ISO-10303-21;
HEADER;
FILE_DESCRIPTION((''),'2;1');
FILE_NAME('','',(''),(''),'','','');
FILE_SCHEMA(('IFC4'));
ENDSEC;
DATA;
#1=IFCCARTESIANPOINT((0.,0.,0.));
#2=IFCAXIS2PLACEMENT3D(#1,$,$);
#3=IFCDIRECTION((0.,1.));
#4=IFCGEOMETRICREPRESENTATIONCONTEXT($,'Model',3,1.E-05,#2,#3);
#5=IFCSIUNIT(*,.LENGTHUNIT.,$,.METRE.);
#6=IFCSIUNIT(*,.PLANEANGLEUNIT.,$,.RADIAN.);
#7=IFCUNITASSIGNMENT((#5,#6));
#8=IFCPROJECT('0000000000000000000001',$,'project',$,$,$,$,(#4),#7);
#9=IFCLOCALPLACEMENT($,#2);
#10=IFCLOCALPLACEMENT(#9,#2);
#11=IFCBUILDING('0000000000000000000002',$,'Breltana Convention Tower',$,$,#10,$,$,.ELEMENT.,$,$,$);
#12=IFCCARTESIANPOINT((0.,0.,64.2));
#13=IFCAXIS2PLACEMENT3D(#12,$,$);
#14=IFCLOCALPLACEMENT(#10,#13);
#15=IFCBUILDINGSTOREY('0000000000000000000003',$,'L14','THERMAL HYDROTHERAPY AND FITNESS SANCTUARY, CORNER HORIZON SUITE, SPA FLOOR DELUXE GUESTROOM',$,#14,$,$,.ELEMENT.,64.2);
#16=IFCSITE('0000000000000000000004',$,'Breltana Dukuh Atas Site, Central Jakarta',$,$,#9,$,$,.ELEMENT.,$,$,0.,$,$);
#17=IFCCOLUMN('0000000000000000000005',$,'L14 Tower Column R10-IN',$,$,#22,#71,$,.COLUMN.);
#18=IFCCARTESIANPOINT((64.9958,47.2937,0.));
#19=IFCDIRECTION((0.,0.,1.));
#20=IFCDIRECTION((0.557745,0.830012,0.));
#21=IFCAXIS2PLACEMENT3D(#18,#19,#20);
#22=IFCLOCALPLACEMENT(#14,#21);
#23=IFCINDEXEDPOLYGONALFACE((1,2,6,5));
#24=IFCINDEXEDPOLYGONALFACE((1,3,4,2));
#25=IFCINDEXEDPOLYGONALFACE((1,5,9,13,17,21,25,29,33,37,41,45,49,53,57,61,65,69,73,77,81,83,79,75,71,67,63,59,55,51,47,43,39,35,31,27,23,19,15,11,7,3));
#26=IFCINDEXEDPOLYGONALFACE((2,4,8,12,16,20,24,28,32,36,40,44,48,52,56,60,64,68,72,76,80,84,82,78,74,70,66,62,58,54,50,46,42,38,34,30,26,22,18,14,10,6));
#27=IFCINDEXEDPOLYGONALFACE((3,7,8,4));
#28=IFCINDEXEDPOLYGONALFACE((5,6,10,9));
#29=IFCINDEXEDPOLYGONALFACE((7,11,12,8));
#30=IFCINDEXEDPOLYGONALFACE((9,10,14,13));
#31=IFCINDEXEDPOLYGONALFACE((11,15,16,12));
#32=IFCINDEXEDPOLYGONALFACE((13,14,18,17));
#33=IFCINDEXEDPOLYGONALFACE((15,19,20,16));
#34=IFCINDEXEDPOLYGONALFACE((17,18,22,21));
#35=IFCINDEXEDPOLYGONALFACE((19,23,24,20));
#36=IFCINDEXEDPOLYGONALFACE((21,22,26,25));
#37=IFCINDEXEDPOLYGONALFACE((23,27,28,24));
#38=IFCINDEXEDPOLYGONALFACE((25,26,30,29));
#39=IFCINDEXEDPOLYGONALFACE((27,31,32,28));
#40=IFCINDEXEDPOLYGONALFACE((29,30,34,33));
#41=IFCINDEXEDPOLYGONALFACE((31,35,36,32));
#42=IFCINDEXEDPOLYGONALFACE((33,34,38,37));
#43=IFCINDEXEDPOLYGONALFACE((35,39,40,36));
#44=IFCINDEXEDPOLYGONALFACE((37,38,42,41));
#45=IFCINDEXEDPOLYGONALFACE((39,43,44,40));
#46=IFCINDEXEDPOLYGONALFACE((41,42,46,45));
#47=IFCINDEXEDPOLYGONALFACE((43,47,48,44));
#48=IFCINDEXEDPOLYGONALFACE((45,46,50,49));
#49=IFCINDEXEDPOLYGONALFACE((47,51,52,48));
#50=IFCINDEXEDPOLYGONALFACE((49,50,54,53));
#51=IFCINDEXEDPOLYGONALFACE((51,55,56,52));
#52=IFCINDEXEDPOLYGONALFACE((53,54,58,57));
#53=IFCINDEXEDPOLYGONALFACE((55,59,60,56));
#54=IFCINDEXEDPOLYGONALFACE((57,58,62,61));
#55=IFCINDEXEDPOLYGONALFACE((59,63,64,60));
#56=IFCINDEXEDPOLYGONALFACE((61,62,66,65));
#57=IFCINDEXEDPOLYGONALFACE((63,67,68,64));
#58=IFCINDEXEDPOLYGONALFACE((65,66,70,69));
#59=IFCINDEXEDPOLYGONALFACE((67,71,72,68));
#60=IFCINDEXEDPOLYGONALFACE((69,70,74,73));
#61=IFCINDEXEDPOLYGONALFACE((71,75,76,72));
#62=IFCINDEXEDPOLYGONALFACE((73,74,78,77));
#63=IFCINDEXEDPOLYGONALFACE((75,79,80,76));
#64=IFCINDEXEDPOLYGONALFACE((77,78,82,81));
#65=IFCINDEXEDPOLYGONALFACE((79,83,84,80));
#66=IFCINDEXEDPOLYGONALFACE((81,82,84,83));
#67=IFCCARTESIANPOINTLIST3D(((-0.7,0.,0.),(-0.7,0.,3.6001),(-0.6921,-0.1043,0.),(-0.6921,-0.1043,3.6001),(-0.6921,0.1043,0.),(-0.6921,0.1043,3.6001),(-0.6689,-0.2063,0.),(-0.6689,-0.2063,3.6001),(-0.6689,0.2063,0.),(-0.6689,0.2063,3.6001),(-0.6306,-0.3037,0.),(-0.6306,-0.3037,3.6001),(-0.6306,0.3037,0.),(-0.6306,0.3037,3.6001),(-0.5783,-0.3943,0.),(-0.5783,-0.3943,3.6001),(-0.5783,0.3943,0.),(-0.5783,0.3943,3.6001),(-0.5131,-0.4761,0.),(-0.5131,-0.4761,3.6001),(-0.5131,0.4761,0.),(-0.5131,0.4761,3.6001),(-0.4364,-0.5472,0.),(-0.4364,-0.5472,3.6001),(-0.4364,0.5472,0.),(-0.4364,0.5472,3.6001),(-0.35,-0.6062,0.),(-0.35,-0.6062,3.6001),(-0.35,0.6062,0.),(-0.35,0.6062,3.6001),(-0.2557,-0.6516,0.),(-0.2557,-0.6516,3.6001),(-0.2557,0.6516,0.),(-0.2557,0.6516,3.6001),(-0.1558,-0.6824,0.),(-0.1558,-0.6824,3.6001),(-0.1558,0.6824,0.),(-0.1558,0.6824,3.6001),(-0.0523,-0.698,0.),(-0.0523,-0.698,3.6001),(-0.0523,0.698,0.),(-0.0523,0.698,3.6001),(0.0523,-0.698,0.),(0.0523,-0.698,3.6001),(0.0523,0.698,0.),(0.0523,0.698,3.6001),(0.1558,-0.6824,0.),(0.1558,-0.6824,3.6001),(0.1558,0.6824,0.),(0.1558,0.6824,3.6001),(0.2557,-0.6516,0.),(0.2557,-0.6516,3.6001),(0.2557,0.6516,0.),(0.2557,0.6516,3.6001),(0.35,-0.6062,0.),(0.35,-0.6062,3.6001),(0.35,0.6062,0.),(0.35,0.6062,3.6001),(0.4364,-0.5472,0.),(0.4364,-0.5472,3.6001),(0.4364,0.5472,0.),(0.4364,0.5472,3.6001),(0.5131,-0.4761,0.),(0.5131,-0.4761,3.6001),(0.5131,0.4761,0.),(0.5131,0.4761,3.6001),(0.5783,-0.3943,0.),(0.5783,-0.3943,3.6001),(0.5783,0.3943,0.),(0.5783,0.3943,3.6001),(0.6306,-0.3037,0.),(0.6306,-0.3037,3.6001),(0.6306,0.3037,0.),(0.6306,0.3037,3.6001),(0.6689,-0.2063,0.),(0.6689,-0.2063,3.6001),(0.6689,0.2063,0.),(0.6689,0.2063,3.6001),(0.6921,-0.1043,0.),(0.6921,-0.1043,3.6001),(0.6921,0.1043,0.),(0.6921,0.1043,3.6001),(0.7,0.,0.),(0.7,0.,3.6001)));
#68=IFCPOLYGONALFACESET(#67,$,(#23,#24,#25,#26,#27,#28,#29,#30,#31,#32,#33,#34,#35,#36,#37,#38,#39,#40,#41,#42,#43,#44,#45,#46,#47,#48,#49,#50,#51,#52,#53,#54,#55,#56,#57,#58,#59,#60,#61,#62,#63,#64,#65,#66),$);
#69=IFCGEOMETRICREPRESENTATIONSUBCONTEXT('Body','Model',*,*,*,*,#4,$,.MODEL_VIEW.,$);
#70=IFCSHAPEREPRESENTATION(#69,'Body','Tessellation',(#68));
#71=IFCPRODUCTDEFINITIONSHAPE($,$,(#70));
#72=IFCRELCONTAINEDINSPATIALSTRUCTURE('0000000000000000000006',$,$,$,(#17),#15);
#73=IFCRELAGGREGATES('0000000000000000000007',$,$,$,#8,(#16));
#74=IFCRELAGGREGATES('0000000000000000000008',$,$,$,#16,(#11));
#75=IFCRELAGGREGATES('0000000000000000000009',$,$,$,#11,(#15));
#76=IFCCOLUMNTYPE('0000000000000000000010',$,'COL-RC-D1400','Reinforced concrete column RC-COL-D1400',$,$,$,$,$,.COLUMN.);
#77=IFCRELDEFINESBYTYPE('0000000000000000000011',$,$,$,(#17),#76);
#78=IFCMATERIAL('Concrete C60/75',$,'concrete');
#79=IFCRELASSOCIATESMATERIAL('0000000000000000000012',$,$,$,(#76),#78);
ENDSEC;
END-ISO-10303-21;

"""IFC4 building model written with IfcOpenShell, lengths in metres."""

from ifc_helpers import new_model, si_unit, direction, frame, origin, origin_2d, place, context, subcontext, project, spatial, circle, extrude, source, transform, mapped, material, material_profile, profile_set, type_object, element, save


model = new_model("IFC4")

# Units and contexts
model_context = context("Model", 3, precision=1e-05, world=origin(), true_north=direction((0.0, 1.0)))
body_context = subcontext(model_context, "Body", "Model", "MODEL_VIEW")
ifc_project = project(units=[si_unit("LENGTHUNIT", "METRE"), si_unit("PLANEANGLEUNIT", "RADIAN")], contexts=[model_context])

# Site, building, storey
site_placement = place(None, origin())
site = spatial("IfcSite", under=ifc_project, at=site_placement, Name="Breltana Dukuh Atas Site, Central Jakarta", CompositionType="ELEMENT", RefElevation=0.0)
building_placement = place(site_placement, origin())
building = spatial("IfcBuilding", under=site, at=building_placement, Name="Breltana Convention Tower", CompositionType="ELEMENT")
storey_placement = place(building_placement, frame((0.0, 0.0, 64.2)))
storey = spatial("IfcBuildingStorey", under=building, at=storey_placement, Name="L14", Description="THERMAL HYDROTHERAPY AND FITNESS SANCTUARY, CORNER HORIZON SUITE, SPA FLOOR DELUXE GUESTROOM", CompositionType="ELEMENT", Elevation=64.2)

# Column
ifc_material_1 = material(Name="Concrete C60/75", Category="concrete")
ifc_material_profile_1 = material_profile(ifc_material_1, circle(Radius=0.7, at=origin_2d()), Name="RC-COL-D1400")
ifc_profile_set_1 = profile_set([ifc_material_profile_1], Name="Concrete C60/75")
column_type = type_object("IfcColumnType", Name="COL-RC-D1400", Description="Reinforced concrete column RC-COL-D1400", PredefinedType="COLUMN", material=ifc_profile_set_1)
shared_shape_1 = source(origin(), body_context, "Body", "SweptSolid", [
    extrude(circle(Radius=0.7, at=origin_2d()), origin(), (0.0, 0.0, 1.0), 3.6001),
])
column_placement = place(storey_placement, frame((64.9958, 47.2937, 0.0), z_axis=(0.0, 0.0, 1.0), x_axis=(0.557745, 0.830012, 0.0)))
element("IfcColumn", 1, at=column_placement, inside=storey, type_object=column_type, Name="L14 Tower Column R10-IN", PredefinedType="COLUMN", context=body_context, shape_type="MappedRepresentation", body=[
    mapped(shared_shape_1, transform((0.0, 0.0, 0.0), scale=1.0)),
])

save(model, "model.ifc")
